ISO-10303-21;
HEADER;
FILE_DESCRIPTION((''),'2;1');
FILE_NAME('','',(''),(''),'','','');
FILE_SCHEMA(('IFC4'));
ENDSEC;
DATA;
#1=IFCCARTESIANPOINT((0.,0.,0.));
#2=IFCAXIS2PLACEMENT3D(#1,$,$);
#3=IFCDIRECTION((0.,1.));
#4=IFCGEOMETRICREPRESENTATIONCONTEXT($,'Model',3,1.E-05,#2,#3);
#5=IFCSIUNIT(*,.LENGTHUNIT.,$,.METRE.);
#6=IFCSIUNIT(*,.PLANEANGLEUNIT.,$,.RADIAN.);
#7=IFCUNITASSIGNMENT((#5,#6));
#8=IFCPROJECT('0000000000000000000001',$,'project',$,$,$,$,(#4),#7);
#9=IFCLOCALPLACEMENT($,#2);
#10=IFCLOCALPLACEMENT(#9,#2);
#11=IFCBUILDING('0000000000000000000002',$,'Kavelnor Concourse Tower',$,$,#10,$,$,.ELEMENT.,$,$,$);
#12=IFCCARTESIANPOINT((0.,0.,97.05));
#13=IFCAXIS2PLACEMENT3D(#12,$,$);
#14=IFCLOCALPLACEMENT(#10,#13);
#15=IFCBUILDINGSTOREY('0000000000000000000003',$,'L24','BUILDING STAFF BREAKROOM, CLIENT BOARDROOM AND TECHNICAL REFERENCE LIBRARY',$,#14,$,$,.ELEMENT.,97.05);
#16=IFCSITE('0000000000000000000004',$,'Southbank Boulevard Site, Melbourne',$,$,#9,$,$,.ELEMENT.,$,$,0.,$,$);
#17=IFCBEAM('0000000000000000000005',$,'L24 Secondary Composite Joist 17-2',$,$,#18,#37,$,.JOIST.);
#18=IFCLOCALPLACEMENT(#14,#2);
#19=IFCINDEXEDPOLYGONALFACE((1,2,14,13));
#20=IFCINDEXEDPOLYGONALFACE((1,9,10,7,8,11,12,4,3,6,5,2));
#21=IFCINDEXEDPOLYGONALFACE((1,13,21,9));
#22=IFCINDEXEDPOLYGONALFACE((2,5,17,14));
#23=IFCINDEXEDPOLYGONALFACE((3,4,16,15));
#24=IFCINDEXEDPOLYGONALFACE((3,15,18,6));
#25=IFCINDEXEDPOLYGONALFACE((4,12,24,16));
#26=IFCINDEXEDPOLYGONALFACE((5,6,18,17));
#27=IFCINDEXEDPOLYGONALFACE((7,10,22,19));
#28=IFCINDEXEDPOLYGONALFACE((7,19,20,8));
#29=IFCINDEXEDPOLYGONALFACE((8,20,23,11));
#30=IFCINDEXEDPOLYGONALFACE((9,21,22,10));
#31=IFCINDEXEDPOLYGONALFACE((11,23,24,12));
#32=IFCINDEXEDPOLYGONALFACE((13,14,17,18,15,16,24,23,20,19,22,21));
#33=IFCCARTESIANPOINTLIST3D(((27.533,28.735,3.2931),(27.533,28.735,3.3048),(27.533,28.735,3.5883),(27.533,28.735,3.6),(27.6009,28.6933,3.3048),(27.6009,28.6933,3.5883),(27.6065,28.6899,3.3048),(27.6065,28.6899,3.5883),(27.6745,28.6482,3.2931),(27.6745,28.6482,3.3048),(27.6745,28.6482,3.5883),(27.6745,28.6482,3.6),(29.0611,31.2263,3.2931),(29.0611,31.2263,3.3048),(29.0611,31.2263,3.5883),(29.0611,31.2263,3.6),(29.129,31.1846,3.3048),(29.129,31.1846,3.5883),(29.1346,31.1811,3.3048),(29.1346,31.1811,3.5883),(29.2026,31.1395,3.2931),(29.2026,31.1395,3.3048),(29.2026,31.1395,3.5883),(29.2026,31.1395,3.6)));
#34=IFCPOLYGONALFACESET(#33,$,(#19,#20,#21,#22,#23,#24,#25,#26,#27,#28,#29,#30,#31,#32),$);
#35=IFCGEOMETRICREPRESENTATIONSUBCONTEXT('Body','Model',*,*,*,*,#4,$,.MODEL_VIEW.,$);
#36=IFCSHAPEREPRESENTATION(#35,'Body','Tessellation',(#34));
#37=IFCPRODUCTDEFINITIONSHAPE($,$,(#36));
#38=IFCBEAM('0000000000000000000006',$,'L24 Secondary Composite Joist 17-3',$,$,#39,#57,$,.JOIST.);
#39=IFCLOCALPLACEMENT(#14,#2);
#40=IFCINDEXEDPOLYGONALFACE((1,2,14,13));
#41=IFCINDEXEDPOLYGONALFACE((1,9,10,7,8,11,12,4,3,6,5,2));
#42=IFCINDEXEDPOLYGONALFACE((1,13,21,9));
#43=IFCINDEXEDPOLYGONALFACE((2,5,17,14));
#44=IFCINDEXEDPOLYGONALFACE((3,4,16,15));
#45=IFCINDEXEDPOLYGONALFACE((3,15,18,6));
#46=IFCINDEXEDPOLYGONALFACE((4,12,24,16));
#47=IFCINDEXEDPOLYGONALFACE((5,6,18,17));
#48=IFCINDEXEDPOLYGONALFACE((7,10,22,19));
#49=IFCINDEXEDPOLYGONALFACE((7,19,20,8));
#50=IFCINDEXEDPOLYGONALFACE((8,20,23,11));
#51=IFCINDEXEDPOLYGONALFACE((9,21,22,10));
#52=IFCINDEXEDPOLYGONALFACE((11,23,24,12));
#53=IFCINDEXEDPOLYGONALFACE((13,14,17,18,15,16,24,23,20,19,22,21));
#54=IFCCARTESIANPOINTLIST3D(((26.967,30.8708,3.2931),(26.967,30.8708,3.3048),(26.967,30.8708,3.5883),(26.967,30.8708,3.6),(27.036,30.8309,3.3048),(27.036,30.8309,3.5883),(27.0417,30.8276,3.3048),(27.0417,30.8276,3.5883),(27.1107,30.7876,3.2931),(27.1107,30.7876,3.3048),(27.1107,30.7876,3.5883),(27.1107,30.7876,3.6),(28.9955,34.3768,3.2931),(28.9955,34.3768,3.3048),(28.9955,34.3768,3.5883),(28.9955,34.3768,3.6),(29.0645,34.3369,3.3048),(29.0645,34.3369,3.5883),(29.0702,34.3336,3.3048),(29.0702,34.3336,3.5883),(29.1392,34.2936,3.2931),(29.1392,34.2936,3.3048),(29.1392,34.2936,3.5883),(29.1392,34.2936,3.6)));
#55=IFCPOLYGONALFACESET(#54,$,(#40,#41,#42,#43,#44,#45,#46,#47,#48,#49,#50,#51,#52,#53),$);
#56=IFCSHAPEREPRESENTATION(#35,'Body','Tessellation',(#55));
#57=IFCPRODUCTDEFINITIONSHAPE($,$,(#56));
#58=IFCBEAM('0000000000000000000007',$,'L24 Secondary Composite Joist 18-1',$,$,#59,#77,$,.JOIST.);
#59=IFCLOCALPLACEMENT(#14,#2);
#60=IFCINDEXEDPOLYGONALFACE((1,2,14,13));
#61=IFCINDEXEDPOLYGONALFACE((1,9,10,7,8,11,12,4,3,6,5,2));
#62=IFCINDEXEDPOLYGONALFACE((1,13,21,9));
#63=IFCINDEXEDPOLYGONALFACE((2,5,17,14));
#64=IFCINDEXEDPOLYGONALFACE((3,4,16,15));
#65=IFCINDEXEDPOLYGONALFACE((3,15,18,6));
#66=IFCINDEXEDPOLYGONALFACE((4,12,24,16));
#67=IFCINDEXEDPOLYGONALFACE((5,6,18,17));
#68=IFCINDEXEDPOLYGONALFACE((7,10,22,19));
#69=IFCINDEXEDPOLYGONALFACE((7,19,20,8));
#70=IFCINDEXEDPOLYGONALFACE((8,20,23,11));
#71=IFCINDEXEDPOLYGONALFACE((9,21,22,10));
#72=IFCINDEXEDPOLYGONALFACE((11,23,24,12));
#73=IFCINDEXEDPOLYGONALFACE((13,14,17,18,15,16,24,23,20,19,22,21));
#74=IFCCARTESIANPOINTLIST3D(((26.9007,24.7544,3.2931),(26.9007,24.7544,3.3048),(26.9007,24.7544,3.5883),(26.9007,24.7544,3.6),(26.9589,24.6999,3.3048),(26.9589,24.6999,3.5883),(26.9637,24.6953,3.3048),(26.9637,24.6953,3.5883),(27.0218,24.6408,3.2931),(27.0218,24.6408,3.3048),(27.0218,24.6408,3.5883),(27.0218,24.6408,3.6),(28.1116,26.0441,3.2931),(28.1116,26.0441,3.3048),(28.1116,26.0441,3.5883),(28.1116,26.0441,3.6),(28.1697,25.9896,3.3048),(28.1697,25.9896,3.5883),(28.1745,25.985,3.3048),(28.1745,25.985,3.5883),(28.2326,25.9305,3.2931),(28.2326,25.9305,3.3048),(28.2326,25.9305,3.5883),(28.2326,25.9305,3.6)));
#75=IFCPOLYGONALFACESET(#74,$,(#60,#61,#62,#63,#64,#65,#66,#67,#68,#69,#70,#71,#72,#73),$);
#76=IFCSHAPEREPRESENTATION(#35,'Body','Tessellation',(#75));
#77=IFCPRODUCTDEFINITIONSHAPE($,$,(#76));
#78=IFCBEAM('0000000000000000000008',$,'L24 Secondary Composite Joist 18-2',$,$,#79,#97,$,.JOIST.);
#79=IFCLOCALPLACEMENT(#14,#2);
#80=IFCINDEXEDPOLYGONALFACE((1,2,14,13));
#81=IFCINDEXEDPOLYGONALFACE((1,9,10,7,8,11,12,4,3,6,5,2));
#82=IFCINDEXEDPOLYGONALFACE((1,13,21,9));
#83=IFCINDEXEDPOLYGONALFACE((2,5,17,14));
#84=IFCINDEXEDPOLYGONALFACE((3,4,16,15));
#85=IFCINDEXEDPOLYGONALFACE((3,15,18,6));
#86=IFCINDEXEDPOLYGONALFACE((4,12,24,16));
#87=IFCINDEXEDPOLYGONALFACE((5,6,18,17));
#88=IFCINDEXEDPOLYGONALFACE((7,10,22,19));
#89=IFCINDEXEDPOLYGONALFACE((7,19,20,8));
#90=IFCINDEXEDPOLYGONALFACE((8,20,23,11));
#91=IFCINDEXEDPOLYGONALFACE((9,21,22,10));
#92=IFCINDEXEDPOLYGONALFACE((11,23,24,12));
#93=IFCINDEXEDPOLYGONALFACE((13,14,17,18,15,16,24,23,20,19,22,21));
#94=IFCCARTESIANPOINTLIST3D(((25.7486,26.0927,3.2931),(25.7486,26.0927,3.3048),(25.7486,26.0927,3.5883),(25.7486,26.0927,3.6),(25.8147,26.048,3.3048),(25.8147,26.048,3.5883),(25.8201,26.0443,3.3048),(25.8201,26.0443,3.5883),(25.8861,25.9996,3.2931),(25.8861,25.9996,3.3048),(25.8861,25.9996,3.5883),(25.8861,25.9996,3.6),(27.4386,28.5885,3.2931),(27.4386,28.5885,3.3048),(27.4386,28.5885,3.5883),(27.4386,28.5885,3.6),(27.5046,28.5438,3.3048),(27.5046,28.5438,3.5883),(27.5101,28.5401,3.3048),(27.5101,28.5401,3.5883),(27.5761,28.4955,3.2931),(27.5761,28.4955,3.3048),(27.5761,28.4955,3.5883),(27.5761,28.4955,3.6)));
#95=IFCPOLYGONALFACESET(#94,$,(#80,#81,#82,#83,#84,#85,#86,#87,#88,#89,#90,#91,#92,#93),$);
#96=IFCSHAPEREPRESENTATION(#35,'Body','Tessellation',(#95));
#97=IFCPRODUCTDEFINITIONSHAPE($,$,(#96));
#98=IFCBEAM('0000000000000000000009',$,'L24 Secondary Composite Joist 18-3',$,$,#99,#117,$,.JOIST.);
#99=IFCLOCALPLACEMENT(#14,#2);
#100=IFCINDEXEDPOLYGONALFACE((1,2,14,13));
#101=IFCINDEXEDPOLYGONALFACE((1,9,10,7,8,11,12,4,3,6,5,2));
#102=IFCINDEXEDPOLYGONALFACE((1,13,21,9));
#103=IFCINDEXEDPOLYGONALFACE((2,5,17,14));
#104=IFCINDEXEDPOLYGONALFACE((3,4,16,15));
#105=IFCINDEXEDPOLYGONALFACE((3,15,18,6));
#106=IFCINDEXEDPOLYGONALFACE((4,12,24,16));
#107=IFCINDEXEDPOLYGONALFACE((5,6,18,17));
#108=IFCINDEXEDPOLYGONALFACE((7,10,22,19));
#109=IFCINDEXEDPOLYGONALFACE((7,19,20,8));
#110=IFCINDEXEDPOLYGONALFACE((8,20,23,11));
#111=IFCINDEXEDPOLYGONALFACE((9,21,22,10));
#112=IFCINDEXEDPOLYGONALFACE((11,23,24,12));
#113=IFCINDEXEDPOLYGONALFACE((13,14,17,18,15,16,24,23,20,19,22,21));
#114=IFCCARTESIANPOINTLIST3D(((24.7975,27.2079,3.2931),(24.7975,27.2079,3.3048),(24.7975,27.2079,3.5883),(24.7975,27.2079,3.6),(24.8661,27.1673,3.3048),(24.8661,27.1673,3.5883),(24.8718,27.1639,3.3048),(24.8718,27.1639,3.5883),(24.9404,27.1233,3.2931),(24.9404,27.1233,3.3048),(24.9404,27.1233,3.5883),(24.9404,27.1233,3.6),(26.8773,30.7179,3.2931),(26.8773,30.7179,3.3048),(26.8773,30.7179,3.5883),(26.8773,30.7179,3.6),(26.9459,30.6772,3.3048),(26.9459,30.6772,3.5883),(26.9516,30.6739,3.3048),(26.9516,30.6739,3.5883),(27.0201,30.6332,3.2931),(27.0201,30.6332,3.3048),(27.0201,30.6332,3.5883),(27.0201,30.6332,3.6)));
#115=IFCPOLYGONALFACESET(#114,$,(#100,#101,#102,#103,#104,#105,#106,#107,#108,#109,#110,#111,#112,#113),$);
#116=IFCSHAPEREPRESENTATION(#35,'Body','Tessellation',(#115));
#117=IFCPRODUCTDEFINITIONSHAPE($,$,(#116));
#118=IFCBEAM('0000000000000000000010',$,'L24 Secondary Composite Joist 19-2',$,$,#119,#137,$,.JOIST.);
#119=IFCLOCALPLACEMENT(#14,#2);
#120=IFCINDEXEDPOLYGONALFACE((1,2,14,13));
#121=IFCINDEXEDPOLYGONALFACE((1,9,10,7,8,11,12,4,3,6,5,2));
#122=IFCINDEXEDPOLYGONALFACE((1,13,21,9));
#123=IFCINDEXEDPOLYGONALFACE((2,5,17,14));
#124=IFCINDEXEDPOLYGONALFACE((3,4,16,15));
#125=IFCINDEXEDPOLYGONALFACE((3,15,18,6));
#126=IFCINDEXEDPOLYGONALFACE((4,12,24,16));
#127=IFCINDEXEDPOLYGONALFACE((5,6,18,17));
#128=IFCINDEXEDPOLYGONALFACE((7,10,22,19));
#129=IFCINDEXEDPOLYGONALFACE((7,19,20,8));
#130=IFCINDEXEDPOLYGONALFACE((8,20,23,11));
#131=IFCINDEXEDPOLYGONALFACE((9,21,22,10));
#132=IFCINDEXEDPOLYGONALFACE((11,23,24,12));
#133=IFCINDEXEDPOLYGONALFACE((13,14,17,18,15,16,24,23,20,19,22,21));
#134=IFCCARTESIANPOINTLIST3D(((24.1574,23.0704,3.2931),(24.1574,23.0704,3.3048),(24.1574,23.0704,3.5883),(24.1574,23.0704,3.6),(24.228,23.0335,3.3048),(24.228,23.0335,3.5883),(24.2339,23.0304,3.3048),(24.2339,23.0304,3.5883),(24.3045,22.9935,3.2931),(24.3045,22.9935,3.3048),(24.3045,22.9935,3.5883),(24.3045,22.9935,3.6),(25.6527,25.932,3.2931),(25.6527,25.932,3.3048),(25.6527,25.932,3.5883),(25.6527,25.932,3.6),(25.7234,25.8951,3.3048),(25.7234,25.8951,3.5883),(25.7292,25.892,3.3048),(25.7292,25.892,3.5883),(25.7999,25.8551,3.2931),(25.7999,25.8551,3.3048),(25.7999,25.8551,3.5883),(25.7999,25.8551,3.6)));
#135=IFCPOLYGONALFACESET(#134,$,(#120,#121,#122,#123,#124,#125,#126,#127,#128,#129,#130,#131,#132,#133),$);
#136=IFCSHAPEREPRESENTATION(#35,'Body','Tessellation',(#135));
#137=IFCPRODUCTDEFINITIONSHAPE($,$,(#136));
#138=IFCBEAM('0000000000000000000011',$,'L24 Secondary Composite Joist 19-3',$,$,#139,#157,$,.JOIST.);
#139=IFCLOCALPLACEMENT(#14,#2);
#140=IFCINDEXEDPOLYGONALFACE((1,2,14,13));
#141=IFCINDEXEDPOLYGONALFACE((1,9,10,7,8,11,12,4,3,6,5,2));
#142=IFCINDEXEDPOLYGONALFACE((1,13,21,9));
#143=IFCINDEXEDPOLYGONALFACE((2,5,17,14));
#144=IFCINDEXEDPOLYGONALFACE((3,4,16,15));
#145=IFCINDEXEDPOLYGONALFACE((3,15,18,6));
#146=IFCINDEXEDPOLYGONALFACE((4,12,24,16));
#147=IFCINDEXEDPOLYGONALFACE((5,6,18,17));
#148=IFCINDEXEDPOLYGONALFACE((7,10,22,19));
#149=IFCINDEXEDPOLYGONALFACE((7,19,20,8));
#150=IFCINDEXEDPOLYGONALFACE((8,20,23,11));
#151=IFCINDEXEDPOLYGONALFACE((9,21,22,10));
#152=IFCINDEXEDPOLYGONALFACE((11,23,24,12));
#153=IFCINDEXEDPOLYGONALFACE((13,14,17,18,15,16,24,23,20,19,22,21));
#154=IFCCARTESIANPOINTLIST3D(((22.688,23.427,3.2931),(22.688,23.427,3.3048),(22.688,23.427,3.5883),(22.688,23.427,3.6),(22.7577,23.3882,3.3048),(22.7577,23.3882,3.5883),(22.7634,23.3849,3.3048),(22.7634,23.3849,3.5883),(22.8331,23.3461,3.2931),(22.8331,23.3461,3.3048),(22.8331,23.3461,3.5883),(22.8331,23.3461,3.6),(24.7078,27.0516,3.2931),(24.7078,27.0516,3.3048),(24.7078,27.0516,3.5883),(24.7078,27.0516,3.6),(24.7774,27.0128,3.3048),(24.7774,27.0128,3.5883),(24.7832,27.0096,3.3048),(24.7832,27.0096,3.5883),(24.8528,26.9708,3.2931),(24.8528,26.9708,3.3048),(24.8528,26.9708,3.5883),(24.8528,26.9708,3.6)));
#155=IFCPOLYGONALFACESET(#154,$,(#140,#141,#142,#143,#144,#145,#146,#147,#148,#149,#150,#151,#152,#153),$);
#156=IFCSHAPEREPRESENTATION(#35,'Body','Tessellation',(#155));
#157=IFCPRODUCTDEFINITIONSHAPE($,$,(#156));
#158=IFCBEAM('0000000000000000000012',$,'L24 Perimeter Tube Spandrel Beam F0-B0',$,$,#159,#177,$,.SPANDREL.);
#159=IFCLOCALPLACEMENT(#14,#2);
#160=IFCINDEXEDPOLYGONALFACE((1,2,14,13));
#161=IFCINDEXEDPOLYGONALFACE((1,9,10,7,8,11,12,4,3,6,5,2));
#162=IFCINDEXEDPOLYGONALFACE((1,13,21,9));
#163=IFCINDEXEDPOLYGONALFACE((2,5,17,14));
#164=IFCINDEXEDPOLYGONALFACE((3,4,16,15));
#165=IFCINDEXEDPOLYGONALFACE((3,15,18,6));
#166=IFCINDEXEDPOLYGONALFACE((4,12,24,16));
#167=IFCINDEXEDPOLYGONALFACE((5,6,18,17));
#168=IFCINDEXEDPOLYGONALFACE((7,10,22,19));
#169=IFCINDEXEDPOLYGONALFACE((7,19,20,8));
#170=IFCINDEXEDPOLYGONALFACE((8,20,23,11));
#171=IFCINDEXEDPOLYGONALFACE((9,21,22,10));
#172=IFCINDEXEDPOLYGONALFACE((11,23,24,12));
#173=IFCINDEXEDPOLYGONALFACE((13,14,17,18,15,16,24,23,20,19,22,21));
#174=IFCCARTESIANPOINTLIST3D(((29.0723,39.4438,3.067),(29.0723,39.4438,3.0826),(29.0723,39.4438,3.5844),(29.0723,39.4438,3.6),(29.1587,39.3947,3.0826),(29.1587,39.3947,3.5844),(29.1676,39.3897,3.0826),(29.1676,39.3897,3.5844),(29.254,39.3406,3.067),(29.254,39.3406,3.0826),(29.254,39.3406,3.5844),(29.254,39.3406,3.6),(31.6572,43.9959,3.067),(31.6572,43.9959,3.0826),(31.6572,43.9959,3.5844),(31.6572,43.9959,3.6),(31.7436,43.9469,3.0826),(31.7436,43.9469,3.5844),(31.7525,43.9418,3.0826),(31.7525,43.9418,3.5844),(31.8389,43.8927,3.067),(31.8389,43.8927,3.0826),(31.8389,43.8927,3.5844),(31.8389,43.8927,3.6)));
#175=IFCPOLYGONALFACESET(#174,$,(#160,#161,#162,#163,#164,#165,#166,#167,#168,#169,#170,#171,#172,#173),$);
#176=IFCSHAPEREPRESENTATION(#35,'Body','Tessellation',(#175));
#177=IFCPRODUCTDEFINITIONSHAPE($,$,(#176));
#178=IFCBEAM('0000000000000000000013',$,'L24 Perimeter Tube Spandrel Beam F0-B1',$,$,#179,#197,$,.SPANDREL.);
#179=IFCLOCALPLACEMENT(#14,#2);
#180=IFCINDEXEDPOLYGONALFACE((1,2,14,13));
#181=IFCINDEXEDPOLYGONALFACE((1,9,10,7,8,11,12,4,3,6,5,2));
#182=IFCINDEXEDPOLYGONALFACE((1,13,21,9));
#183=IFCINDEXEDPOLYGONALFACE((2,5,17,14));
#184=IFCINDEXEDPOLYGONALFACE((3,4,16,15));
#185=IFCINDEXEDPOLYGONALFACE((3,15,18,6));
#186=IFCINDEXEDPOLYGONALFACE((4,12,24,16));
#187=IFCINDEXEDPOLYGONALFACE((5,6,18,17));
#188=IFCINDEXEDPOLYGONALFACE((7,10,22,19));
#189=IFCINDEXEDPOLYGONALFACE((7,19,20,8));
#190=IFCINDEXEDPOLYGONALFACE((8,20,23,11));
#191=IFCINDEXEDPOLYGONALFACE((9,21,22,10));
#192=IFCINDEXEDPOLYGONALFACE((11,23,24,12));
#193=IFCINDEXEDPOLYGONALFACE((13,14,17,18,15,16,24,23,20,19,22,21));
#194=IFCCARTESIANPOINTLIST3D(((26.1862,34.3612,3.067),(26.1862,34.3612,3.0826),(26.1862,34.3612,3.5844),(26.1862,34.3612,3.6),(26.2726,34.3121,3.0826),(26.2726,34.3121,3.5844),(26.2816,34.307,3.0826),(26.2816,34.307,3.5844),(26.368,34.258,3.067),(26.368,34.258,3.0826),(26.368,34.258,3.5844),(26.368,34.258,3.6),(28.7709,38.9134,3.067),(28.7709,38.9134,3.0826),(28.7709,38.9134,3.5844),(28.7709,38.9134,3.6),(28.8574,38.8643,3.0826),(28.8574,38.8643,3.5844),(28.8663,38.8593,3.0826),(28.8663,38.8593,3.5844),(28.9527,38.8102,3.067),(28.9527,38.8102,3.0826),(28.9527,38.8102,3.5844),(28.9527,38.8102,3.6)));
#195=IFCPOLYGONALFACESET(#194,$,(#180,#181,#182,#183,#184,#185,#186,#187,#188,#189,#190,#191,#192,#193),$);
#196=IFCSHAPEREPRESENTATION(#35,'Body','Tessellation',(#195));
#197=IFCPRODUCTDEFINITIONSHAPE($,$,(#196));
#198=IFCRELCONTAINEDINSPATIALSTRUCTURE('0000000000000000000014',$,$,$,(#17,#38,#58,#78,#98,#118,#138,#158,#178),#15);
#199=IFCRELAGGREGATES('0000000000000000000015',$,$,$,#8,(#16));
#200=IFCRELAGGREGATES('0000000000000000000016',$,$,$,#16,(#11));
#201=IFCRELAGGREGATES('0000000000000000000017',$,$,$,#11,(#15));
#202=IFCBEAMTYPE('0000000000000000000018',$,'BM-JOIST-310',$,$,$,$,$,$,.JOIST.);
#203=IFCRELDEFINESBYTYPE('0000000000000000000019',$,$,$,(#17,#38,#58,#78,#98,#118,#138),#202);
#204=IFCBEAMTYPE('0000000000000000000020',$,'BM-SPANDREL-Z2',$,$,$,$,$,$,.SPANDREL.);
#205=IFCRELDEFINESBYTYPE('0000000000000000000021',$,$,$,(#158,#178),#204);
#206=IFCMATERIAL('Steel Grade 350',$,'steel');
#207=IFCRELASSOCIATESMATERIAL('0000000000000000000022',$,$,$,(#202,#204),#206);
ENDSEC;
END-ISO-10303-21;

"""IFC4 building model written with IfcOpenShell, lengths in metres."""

from ifc_helpers import new_model, si_unit, direction, frame, origin, origin_2d, place, context, subcontext, project, spatial, i_section, extrude, material, material_profile, profile_set, type_object, element, save


model = new_model("IFC4")

# Units and contexts
model_context = context("Model", 3, precision=1e-05, world=origin(), true_north=direction((0.0, 1.0)))
body_context = subcontext(model_context, "Body", "Model", "MODEL_VIEW")
ifc_project = project(units=[si_unit("LENGTHUNIT", "METRE"), si_unit("PLANEANGLEUNIT", "RADIAN")], contexts=[model_context])

# Site, building, storey
site_placement = place(None, origin())
site = spatial("IfcSite", under=ifc_project, at=site_placement, Name="Southbank Boulevard Site, Melbourne", CompositionType="ELEMENT", RefElevation=0.0)
building_placement = place(site_placement, origin())
building = spatial("IfcBuilding", under=site, at=building_placement, Name="Kavelnor Concourse Tower", CompositionType="ELEMENT")
storey_placement = place(building_placement, frame((0.0, 0.0, 97.05)))
storey = spatial("IfcBuildingStorey", under=building, at=storey_placement, Name="L24", Description="BUILDING STAFF BREAKROOM, CLIENT BOARDROOM AND TECHNICAL REFERENCE LIBRARY", CompositionType="ELEMENT", Elevation=97.05)

# Shared definitions
ifc_material_1 = material(Name="Steel Grade 350", Category="steel")

# Beams
ifc_material_profile_1 = material_profile(ifc_material_1, i_section(OverallWidth=0.166, OverallDepth=0.3069, WebThickness=0.0066, FlangeThickness=0.0117, at=origin_2d()), Name="310UB46")
ifc_profile_set_1 = profile_set([ifc_material_profile_1], Name="Steel Grade 350")
beam_type_1 = type_object("IfcBeamType", Name="BM-JOIST-310", PredefinedType="JOIST", material=ifc_profile_set_1)
beam_1_placement = place(storey_placement, frame((29.1318, 31.1829, 3.4465), z_axis=(-0.522862, -0.852418, 0.0), x_axis=(0.852418, -0.522862, 0.0)))
element("IfcBeam", 1, at=beam_1_placement, inside=storey, type_object=beam_type_1, Name="L24 Secondary Composite Joist 17-2", PredefinedType="JOIST", context=body_context, shape_type="SweptSolid", body=[
    extrude(i_section(OverallWidth=0.166, OverallDepth=0.3069, WebThickness=0.0066, FlangeThickness=0.0117, at=origin_2d()), origin(), (0.0, 0.0, 1.0), 2.9226),
])
beam_2_placement = place(storey_placement, frame((29.0674, 34.3352, 3.4465), z_axis=(-0.500799, -0.865564, 0.0), x_axis=(0.865564, -0.500799, 0.0)))
element("IfcBeam", 2, at=beam_2_placement, inside=storey, type_object=beam_type_1, Name="L24 Secondary Composite Joist 17-3", PredefinedType="JOIST", context=body_context, shape_type="SweptSolid", body=[
    extrude(i_section(OverallWidth=0.166, OverallDepth=0.3069, WebThickness=0.0066, FlangeThickness=0.0117, at=origin_2d()), origin(), (0.0, 0.0, 1.0), 4.0505),
])
beam_3_placement = place(storey_placement, frame((28.1721, 25.9873, 3.4465), z_axis=(-0.684469, -0.729042, 0.0), x_axis=(0.729042, -0.684469, 0.0)))
element("IfcBeam", 3, at=beam_3_placement, inside=storey, type_object=beam_type_1, Name="L24 Secondary Composite Joist 18-1", PredefinedType="JOIST", context=body_context, shape_type="SweptSolid", body=[
    extrude(i_section(OverallWidth=0.166, OverallDepth=0.3069, WebThickness=0.0066, FlangeThickness=0.0117, at=origin_2d()), origin(), (0.0, 0.0, 1.0), 1.769),
])
beam_4_placement = place(storey_placement, frame((27.5073, 28.542, 3.4465), z_axis=(-0.560667, -0.828041, 0.0), x_axis=(0.828041, -0.560667, 0.0)))
element("IfcBeam", 4, at=beam_4_placement, inside=storey, type_object=beam_type_1, Name="L24 Secondary Composite Joist 18-2", PredefinedType="JOIST", context=body_context, shape_type="SweptSolid", body=[
    extrude(i_section(OverallWidth=0.166, OverallDepth=0.3069, WebThickness=0.0066, FlangeThickness=0.0117, at=origin_2d()), origin(), (0.0, 0.0, 1.0), 3.0142),
])
beam_5_placement = place(storey_placement, frame((26.9487, 30.6755, 3.4465), z_axis=(-0.509771, -0.86031, 0.0), x_axis=(0.86031, -0.509771, 0.0)))
element("IfcBeam", 5, at=beam_5_placement, inside=storey, type_object=beam_type_1, Name="L24 Secondary Composite Joist 18-3", PredefinedType="JOIST", context=body_context, shape_type="SweptSolid", body=[
    extrude(i_section(OverallWidth=0.166, OverallDepth=0.3069, WebThickness=0.0066, FlangeThickness=0.0117, at=origin_2d()), origin(), (0.0, 0.0, 1.0), 4.0798),
])
beam_6_placement = place(storey_placement, frame((25.7263, 25.8936, 3.4465), z_axis=(-0.463142, -0.886284, 0.0), x_axis=(0.886284, -0.463142, 0.0)))
element("IfcBeam", 6, at=beam_6_placement, inside=storey, type_object=beam_type_1, Name="L24 Secondary Composite Joist 19-2", PredefinedType="JOIST", context=body_context, shape_type="SweptSolid", body=[
    extrude(i_section(OverallWidth=0.166, OverallDepth=0.3069, WebThickness=0.0066, FlangeThickness=0.0117, at=origin_2d()), origin(), (0.0, 0.0, 1.0), 3.2288),
])
beam_7_placement = place(storey_placement, frame((24.7803, 27.0112, 3.4465), z_axis=(-0.486752, -0.87354, 0.0), x_axis=(0.87354, -0.486752, 0.0)))
element("IfcBeam", 7, at=beam_7_placement, inside=storey, type_object=beam_type_1, Name="L24 Secondary Composite Joist 19-3", PredefinedType="JOIST", context=body_context, shape_type="SweptSolid", body=[
    extrude(i_section(OverallWidth=0.166, OverallDepth=0.3069, WebThickness=0.0066, FlangeThickness=0.0117, at=origin_2d()), origin(), (0.0, 0.0, 1.0), 4.1494),
])
ifc_material_profile_2 = material_profile(ifc_material_1, i_section(OverallWidth=0.209, OverallDepth=0.533, WebThickness=0.0103, FlangeThickness=0.0156, at=origin_2d()), Name="530UB92")
ifc_profile_set_2 = profile_set([ifc_material_profile_2], Name="Steel Grade 350")
beam_type_2 = type_object("IfcBeamType", Name="BM-SPANDREL-Z2", PredefinedType="SPANDREL", material=ifc_profile_set_2)
for number, where, z_axis, x_axis, name in (
    (8, (31.748, 43.9443, 3.3335), (-0.493787, -0.869583, 0.0), (0.869583, -0.493787, 0.0), "L24 Perimeter Tube Spandrel Beam F0-B0"),
    (9, (28.8618, 38.8618, 3.3335), (-0.493751, -0.869603, 0.0), (0.869603, -0.493751, 0.0), "L24 Perimeter Tube Spandrel Beam F0-B1"),
):
    element("IfcBeam", number, at=place(storey_placement, frame(where, z_axis=z_axis, x_axis=x_axis)), inside=storey, type_object=beam_type_2, Name=name, PredefinedType="SPANDREL", context=body_context, shape_type="SweptSolid", body=[
        extrude(i_section(OverallWidth=0.209, OverallDepth=0.533, WebThickness=0.0103, FlangeThickness=0.0156, at=origin_2d()), origin(), (0.0, 0.0, 1.0), 5.2349),
    ])

save(model, "model.ifc")
